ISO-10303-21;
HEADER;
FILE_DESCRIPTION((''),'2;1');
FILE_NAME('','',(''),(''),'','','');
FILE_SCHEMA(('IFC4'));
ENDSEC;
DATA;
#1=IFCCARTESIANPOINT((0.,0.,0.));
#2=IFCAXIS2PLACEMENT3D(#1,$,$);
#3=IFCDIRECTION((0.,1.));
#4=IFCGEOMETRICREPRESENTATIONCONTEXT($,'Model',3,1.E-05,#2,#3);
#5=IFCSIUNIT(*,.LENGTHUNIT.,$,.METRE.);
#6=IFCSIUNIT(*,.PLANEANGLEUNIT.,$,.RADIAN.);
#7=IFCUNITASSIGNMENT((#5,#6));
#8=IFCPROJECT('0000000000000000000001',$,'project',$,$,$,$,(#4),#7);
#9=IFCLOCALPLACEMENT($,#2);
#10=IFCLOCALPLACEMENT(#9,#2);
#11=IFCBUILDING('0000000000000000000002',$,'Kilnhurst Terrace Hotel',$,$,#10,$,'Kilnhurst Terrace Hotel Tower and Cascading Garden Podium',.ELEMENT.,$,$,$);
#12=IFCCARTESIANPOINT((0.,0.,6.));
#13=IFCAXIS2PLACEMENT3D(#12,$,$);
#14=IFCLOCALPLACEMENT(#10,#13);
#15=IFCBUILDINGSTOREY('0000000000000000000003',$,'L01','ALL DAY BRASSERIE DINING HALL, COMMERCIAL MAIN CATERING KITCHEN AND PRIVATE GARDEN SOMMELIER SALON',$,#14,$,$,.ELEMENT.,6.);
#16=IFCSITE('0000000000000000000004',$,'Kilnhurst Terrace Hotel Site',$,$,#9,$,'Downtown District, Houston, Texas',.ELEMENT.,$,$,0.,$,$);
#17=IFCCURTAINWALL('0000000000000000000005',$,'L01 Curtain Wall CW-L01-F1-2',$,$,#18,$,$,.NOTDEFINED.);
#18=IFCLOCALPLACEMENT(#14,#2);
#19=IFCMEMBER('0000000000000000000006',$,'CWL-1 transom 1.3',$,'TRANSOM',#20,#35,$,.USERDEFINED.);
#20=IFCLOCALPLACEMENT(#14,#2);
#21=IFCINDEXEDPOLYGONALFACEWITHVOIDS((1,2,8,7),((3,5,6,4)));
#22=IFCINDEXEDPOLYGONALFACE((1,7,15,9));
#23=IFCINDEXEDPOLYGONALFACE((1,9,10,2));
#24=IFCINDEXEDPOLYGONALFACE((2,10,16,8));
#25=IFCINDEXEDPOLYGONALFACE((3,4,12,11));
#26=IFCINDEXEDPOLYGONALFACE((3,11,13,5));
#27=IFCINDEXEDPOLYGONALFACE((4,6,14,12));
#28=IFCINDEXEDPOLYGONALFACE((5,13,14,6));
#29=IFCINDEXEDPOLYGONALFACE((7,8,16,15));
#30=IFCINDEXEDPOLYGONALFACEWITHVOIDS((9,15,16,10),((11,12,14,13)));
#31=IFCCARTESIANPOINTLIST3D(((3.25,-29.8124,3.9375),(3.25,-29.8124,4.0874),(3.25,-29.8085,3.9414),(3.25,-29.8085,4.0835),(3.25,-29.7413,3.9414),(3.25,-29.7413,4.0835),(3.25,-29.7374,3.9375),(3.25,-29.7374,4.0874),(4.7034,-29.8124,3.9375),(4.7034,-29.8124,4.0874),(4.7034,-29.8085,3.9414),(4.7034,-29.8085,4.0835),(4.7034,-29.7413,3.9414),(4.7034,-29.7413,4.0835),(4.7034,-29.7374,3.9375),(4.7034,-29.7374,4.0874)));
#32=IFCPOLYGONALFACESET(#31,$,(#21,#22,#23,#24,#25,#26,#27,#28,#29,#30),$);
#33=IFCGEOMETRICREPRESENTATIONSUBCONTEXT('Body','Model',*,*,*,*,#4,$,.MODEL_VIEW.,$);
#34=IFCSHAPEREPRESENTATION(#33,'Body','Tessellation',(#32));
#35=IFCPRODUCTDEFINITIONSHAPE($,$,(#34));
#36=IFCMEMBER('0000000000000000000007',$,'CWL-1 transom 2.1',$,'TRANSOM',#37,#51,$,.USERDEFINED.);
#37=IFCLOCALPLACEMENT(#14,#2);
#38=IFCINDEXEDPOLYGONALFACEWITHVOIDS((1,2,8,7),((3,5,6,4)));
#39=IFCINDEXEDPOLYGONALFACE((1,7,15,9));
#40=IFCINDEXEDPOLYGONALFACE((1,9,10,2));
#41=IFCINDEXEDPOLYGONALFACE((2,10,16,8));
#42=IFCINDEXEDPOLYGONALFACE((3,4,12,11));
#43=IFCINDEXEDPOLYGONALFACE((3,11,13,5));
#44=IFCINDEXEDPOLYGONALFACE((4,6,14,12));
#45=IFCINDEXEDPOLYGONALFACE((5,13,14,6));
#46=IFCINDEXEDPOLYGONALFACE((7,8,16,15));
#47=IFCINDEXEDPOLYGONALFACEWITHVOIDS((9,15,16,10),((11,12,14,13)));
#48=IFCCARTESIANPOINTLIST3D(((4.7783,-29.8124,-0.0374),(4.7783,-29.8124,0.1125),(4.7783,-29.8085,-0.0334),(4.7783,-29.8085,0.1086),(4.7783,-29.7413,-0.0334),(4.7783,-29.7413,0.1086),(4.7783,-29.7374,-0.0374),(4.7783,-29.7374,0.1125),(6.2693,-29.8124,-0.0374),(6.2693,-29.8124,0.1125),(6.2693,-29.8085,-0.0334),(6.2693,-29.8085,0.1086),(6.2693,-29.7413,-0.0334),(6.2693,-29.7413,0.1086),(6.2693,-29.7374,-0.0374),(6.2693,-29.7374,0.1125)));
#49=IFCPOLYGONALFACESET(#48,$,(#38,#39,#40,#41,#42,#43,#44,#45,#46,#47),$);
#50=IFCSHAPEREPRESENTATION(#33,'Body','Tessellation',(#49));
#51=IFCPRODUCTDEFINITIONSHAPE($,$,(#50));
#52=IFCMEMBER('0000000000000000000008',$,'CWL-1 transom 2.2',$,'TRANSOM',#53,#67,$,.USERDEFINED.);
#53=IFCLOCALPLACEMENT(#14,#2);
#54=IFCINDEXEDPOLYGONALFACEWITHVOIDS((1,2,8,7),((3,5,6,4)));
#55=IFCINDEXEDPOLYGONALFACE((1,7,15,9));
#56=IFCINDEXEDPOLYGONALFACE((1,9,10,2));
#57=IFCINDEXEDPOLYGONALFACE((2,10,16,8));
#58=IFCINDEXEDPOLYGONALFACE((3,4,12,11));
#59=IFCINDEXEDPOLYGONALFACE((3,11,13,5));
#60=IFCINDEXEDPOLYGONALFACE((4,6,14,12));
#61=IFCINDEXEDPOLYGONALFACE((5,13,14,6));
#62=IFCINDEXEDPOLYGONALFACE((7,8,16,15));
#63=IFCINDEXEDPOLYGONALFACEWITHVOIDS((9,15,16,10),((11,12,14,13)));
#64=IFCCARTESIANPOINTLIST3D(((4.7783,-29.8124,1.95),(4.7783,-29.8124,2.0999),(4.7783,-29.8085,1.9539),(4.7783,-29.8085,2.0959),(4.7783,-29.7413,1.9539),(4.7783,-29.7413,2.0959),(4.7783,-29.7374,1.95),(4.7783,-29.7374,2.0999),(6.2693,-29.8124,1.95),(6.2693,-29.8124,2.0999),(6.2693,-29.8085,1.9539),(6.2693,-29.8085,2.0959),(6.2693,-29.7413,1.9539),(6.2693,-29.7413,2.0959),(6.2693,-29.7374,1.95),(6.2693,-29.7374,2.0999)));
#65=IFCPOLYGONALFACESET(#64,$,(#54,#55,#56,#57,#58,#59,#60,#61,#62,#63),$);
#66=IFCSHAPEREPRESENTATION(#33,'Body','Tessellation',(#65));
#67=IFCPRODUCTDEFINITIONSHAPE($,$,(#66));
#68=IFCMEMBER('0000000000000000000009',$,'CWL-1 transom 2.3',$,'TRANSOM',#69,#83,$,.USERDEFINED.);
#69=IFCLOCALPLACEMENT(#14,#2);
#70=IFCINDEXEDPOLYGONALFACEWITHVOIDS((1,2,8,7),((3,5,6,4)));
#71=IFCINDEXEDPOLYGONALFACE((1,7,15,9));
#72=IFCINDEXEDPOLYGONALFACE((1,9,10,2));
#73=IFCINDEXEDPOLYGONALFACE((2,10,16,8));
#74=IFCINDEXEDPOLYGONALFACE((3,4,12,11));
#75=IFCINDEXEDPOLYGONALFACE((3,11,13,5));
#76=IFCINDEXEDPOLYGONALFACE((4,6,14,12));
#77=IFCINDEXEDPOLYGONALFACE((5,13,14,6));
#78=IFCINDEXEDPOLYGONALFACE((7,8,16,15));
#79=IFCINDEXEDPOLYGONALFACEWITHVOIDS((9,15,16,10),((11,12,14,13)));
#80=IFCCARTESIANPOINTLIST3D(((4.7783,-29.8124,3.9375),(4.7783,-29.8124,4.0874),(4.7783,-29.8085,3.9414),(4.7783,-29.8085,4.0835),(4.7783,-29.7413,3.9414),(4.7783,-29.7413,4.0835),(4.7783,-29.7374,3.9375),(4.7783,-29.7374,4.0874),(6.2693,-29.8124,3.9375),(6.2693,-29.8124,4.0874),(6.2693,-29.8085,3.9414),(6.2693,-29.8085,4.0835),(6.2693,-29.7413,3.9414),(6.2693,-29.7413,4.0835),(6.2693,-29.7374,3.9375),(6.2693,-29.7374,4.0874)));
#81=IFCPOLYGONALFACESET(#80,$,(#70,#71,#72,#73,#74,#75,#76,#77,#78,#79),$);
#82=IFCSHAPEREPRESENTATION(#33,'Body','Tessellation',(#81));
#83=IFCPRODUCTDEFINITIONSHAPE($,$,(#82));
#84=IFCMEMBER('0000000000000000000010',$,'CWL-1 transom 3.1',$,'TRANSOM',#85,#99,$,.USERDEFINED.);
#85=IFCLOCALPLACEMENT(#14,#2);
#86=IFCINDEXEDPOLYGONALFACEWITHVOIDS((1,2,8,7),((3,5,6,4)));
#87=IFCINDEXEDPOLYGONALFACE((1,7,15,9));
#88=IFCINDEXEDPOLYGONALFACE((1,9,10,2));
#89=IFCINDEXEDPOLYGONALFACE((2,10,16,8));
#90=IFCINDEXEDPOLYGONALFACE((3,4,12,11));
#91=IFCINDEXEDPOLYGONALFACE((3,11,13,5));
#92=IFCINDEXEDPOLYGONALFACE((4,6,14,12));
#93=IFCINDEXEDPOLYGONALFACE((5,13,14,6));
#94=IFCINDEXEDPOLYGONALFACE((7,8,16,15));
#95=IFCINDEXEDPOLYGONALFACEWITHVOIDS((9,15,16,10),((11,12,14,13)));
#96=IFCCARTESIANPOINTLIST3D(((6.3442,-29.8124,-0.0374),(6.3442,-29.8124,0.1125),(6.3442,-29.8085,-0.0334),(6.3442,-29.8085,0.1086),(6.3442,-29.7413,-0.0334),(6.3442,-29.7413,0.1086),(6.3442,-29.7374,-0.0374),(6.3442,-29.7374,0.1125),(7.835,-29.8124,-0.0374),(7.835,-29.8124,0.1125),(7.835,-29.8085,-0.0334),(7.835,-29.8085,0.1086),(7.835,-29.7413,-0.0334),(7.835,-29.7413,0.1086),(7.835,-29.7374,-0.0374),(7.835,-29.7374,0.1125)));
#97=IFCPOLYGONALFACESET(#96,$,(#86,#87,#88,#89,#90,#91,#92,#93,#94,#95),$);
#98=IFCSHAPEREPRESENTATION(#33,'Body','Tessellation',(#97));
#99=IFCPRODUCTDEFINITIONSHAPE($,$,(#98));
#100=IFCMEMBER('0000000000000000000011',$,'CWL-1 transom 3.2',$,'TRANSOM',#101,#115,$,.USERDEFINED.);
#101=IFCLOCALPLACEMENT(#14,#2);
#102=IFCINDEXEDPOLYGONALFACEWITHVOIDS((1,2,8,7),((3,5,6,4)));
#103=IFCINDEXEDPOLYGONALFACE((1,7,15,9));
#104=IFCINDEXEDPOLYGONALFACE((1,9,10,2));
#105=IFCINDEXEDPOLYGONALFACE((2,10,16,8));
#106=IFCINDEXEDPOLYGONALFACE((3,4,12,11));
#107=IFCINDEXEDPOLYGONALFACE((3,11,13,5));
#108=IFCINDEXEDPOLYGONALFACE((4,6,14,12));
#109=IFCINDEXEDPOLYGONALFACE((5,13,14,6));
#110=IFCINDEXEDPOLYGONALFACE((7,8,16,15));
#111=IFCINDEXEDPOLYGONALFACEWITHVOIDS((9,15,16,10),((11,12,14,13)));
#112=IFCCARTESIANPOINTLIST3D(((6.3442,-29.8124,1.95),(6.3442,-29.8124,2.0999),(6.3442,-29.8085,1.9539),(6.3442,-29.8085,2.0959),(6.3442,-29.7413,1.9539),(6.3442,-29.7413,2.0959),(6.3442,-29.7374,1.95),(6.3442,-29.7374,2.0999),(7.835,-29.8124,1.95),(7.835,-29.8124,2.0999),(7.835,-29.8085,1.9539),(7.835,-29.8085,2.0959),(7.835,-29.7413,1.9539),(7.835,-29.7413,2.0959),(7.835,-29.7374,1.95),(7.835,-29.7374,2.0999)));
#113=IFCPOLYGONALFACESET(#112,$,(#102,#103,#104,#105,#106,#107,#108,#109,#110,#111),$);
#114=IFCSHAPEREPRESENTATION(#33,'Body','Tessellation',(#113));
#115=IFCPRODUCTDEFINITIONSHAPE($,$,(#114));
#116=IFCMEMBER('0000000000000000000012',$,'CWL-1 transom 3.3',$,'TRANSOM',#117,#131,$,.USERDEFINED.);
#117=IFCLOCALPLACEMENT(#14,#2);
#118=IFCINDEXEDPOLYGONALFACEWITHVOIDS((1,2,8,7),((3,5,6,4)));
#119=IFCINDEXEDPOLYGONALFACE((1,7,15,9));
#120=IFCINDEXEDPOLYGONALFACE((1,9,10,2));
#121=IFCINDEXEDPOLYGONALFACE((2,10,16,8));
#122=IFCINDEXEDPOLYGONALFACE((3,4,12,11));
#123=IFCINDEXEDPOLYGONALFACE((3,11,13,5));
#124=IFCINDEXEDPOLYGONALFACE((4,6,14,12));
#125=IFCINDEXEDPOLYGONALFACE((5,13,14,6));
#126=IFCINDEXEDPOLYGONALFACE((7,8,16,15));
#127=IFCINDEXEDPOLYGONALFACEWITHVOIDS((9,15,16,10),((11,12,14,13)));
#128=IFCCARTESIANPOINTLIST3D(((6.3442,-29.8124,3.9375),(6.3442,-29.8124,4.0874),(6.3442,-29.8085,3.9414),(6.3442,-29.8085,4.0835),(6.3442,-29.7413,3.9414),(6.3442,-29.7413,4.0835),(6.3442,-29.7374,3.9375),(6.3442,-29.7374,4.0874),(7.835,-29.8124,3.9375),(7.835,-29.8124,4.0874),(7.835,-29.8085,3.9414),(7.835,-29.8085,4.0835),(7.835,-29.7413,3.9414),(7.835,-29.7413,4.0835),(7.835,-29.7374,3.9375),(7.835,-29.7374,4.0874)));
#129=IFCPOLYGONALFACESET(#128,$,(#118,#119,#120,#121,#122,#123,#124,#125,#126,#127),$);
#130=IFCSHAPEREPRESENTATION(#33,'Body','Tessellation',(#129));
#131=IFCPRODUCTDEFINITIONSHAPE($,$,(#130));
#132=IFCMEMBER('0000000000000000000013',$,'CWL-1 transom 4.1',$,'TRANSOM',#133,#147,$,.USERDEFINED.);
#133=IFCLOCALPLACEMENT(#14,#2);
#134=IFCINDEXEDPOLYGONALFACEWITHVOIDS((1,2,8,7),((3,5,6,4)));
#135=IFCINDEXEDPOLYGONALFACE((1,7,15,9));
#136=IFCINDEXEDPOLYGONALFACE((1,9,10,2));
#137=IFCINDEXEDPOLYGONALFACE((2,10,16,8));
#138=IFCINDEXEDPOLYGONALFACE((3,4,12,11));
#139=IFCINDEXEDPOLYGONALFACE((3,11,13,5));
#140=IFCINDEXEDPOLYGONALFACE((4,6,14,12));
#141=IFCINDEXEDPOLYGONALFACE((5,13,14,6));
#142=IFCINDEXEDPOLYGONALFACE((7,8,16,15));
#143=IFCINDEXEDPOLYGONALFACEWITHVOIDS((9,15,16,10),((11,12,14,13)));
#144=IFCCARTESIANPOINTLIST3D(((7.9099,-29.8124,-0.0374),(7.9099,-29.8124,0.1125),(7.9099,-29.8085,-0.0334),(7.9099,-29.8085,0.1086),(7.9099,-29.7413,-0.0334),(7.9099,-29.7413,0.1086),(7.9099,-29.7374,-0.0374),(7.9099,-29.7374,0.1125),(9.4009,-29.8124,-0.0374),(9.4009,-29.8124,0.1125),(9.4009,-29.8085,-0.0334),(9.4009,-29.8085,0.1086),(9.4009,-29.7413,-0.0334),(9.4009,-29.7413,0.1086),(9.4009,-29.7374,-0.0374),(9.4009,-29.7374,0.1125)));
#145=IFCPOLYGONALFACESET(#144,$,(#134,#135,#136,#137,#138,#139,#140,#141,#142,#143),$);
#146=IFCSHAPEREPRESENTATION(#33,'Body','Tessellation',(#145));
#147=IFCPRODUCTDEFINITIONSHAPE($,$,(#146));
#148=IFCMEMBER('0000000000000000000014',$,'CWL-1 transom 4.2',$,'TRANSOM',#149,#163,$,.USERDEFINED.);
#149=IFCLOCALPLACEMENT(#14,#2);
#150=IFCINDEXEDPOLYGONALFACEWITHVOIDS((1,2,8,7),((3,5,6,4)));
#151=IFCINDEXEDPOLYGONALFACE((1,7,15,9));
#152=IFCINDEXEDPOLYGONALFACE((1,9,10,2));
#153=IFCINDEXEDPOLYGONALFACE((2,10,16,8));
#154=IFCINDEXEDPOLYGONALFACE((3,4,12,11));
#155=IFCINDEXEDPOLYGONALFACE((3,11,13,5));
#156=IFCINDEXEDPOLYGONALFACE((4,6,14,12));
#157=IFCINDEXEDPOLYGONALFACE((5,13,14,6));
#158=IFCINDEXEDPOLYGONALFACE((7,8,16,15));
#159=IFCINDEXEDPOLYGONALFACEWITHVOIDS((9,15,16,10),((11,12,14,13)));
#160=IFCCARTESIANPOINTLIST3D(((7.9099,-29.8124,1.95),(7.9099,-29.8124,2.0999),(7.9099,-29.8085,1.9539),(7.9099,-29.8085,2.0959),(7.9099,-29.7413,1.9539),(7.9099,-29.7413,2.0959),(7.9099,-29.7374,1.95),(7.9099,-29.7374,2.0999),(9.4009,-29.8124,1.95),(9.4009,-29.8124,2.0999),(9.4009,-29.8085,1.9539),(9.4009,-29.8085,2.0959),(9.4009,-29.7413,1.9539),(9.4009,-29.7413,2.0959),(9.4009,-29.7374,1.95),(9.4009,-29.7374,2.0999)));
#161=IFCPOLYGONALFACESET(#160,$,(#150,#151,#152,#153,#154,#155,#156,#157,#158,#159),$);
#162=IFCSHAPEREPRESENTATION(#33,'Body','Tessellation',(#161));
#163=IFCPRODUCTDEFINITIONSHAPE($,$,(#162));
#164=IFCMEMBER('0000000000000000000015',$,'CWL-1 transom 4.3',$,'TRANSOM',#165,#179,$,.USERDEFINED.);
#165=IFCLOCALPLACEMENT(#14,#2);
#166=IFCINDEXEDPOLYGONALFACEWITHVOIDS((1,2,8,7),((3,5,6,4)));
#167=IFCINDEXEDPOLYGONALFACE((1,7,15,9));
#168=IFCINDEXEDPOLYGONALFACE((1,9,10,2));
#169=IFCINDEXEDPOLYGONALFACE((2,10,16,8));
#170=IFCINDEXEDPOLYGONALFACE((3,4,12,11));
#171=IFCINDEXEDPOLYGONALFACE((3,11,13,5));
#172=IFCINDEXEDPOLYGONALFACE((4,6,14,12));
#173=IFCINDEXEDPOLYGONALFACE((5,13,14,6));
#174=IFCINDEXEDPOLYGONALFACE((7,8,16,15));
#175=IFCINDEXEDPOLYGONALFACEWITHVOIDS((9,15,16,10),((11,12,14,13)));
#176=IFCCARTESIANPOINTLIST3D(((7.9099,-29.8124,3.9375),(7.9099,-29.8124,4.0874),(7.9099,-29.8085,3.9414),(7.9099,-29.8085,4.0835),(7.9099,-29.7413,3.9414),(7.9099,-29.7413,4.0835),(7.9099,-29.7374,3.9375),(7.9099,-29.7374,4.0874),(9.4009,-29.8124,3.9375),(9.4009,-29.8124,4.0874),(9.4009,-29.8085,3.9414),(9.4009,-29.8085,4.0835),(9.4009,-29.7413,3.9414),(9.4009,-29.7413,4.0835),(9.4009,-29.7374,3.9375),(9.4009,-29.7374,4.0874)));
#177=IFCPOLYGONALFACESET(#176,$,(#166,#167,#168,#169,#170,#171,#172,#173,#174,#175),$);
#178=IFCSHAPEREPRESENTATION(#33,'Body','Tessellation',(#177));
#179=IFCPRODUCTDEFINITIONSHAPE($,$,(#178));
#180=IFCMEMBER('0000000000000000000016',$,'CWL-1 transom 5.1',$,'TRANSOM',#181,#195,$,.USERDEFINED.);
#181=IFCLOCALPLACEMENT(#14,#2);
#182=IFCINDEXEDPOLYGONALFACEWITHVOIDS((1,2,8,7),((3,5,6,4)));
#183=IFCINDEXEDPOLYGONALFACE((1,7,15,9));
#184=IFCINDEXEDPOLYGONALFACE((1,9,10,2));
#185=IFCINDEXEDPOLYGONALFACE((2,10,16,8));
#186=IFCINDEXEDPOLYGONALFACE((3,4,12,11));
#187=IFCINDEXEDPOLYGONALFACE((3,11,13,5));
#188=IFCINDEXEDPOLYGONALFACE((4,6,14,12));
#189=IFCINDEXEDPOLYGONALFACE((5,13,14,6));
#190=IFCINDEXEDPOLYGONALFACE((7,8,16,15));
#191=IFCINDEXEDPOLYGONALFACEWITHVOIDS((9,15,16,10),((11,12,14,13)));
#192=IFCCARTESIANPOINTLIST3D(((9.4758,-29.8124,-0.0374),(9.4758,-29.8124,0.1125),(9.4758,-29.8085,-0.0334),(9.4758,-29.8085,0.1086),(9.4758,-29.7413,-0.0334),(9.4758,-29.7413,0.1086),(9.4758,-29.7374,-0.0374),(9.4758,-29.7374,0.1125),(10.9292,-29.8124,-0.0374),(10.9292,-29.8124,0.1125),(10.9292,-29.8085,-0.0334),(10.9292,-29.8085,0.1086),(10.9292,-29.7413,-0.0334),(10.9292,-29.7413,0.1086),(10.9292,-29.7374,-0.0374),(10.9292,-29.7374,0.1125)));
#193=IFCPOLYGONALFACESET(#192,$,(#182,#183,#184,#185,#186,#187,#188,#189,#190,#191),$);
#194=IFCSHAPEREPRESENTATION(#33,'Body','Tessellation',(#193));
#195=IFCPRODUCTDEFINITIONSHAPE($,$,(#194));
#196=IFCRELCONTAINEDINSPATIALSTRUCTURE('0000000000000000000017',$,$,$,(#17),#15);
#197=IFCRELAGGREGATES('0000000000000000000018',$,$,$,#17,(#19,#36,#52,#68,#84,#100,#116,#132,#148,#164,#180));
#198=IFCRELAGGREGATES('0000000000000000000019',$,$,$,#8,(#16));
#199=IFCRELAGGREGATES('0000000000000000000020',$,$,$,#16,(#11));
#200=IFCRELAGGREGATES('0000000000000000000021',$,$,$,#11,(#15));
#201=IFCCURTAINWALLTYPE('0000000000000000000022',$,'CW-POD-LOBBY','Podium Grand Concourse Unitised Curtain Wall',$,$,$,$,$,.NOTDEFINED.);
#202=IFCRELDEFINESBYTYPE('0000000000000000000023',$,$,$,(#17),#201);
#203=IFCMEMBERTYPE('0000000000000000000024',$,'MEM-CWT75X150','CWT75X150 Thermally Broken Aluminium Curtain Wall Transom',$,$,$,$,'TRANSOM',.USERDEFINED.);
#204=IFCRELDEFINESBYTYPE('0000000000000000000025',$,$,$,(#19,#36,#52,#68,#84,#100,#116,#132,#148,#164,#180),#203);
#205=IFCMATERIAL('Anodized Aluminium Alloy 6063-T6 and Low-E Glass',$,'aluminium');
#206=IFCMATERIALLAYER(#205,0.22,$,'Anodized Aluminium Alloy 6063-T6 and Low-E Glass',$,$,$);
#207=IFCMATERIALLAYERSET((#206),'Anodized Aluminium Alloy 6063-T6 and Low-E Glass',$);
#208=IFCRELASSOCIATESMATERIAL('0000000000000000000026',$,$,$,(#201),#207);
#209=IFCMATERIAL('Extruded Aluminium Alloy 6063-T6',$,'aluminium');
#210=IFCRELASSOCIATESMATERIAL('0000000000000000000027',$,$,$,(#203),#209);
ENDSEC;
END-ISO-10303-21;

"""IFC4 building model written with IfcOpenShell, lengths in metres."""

from ifc_helpers import new_model, si_unit, direction, frame, origin, origin_2d, place, context, subcontext, project, spatial, hollow_rectangle, extrude, material, layer, layer_set, material_profile, profile_set, type_object, element, aggregate, save


model = new_model("IFC4")

# Units and contexts
model_context = context("Model", 3, precision=1e-05, world=origin(), true_north=direction((0.0, 1.0)))
body_context = subcontext(model_context, "Body", "Model", "MODEL_VIEW")
ifc_project = project(units=[si_unit("LENGTHUNIT", "METRE"), si_unit("PLANEANGLEUNIT", "RADIAN")], contexts=[model_context])

# Site, building, storey
site_placement = place(None, origin())
site = spatial("IfcSite", under=ifc_project, at=site_placement, Name="Kilnhurst Terrace Hotel Site", LongName="Downtown District, Houston, Texas", CompositionType="ELEMENT", RefElevation=0.0)
building_placement = place(site_placement, origin())
building = spatial("IfcBuilding", under=site, at=building_placement, Name="Kilnhurst Terrace Hotel", LongName="Kilnhurst Terrace Hotel Tower and Cascading Garden Podium", CompositionType="ELEMENT")
storey_placement = place(building_placement, frame((0.0, 0.0, 6.0)))
storey = spatial("IfcBuildingStorey", under=building, at=storey_placement, Name="L01", Description="ALL DAY BRASSERIE DINING HALL, COMMERCIAL MAIN CATERING KITCHEN AND PRIVATE GARDEN SOMMELIER SALON", CompositionType="ELEMENT", Elevation=6.0)

# Curtain wall, members
ifc_material_1 = material(Name="Anodized Aluminium Alloy 6063-T6 and Low-E Glass", Category="aluminium")
ifc_layer_1 = layer(ifc_material_1, 0.22, Name="Anodized Aluminium Alloy 6063-T6 and Low-E Glass")
ifc_layer_set_1 = layer_set([ifc_layer_1], Name="Anodized Aluminium Alloy 6063-T6 and Low-E Glass")
curtain_wall_type = type_object("IfcCurtainWallType", Name="CW-POD-LOBBY", Description="Podium Grand Concourse Unitised Curtain Wall", PredefinedType="NOTDEFINED", material=ifc_layer_set_1)
curtain_wall_placement = place(storey_placement, origin())
curtain_wall = element("IfcCurtainWall", 1, at=curtain_wall_placement, inside=storey, type_object=curtain_wall_type, Name="L01 Curtain Wall CW-L01-F1-2", PredefinedType="NOTDEFINED")
ifc_material_2 = material(Name="Extruded Aluminium Alloy 6063-T6", Category="aluminium")
ifc_material_profile_1 = material_profile(ifc_material_2, hollow_rectangle(XDim=0.075, YDim=0.1499, WallThickness=0.0039, at=origin_2d()), Name="CWT75X150")
ifc_profile_set_1 = profile_set([ifc_material_profile_1], Name="Extruded Aluminium Alloy 6063-T6")
member_type_1 = type_object("IfcMemberType", Name="MEM-CWT75X150", Description="CWT75X150 Thermally Broken Aluminium Curtain Wall Transom", ElementType="TRANSOM", PredefinedType="USERDEFINED", material=ifc_profile_set_1)
member_1_placement = place(storey_placement, frame((3.25, -29.7749, 4.0125), z_axis=(1.0, 0.0, 0.0), x_axis=(0.0, 1.0, 0.0)))
member_1 = element("IfcMember", 2, at=member_1_placement, type_object=member_type_1, Name="CWL-1 transom 1.3", ObjectType="TRANSOM", PredefinedType="USERDEFINED", context=body_context, shape_type="SweptSolid", body=[
    extrude(hollow_rectangle(XDim=0.075, YDim=0.1499, WallThickness=0.0039, at=origin_2d()), origin(), (0.0, 0.0, 1.0), 1.4534),
])
member_2_placement = place(storey_placement, frame((4.7783, -29.7749, 0.0376), z_axis=(1.0, 0.0, 0.0), x_axis=(0.0, 1.0, 0.0)))
member_2 = element("IfcMember", 3, at=member_2_placement, type_object=member_type_1, Name="CWL-1 transom 2.1", ObjectType="TRANSOM", PredefinedType="USERDEFINED", context=body_context, shape_type="SweptSolid", body=[
    extrude(hollow_rectangle(XDim=0.075, YDim=0.1499, WallThickness=0.0039, at=origin_2d()), origin(), (0.0, 0.0, 1.0), 1.491),
])
member_3_placement = place(storey_placement, frame((4.7783, -29.7749, 2.0249), z_axis=(1.0, 0.0, 0.0), x_axis=(0.0, 1.0, 0.0)))
member_3 = element("IfcMember", 4, at=member_3_placement, type_object=member_type_1, Name="CWL-1 transom 2.2", ObjectType="TRANSOM", PredefinedType="USERDEFINED", context=body_context, shape_type="SweptSolid", body=[
    extrude(hollow_rectangle(XDim=0.075, YDim=0.1499, WallThickness=0.0039, at=origin_2d()), origin(), (0.0, 0.0, 1.0), 1.491),
])
member_4_placement = place(storey_placement, frame((4.7783, -29.7749, 4.0125), z_axis=(1.0, 0.0, 0.0), x_axis=(0.0, 1.0, 0.0)))
member_4 = element("IfcMember", 5, at=member_4_placement, type_object=member_type_1, Name="CWL-1 transom 2.3", ObjectType="TRANSOM", PredefinedType="USERDEFINED", context=body_context, shape_type="SweptSolid", body=[
    extrude(hollow_rectangle(XDim=0.075, YDim=0.1499, WallThickness=0.0039, at=origin_2d()), origin(), (0.0, 0.0, 1.0), 1.491),
])
member_5_placement = place(storey_placement, frame((6.3442, -29.7749, 0.0376), z_axis=(1.0, 0.0, 0.0), x_axis=(0.0, 1.0, 0.0)))
member_5 = element("IfcMember", 6, at=member_5_placement, type_object=member_type_1, Name="CWL-1 transom 3.1", ObjectType="TRANSOM", PredefinedType="USERDEFINED", context=body_context, shape_type="SweptSolid", body=[
    extrude(hollow_rectangle(XDim=0.075, YDim=0.1499, WallThickness=0.0039, at=origin_2d()), origin(), (0.0, 0.0, 1.0), 1.4907),
])
member_6_placement = place(storey_placement, frame((6.3442, -29.7749, 2.0249), z_axis=(1.0, 0.0, 0.0), x_axis=(0.0, 1.0, 0.0)))
member_6 = element("IfcMember", 7, at=member_6_placement, type_object=member_type_1, Name="CWL-1 transom 3.2", ObjectType="TRANSOM", PredefinedType="USERDEFINED", context=body_context, shape_type="SweptSolid", body=[
    extrude(hollow_rectangle(XDim=0.075, YDim=0.1499, WallThickness=0.0039, at=origin_2d()), origin(), (0.0, 0.0, 1.0), 1.4907),
])
member_7_placement = place(storey_placement, frame((6.3442, -29.7749, 4.0125), z_axis=(1.0, 0.0, 0.0), x_axis=(0.0, 1.0, 0.0)))
member_7 = element("IfcMember", 8, at=member_7_placement, type_object=member_type_1, Name="CWL-1 transom 3.3", ObjectType="TRANSOM", PredefinedType="USERDEFINED", context=body_context, shape_type="SweptSolid", body=[
    extrude(hollow_rectangle(XDim=0.075, YDim=0.1499, WallThickness=0.0039, at=origin_2d()), origin(), (0.0, 0.0, 1.0), 1.4907),
])
member_8_placement = place(storey_placement, frame((7.9099, -29.7749, 0.0376), z_axis=(1.0, 0.0, 0.0), x_axis=(0.0, 1.0, 0.0)))
member_8 = element("IfcMember", 9, at=member_8_placement, type_object=member_type_1, Name="CWL-1 transom 4.1", ObjectType="TRANSOM", PredefinedType="USERDEFINED", context=body_context, shape_type="SweptSolid", body=[
    extrude(hollow_rectangle(XDim=0.075, YDim=0.1499, WallThickness=0.0039, at=origin_2d()), origin(), (0.0, 0.0, 1.0), 1.491),
])
member_9_placement = place(storey_placement, frame((7.9099, -29.7749, 2.0249), z_axis=(1.0, 0.0, 0.0), x_axis=(0.0, 1.0, 0.0)))
member_9 = element("IfcMember", 10, at=member_9_placement, type_object=member_type_1, Name="CWL-1 transom 4.2", ObjectType="TRANSOM", PredefinedType="USERDEFINED", context=body_context, shape_type="SweptSolid", body=[
    extrude(hollow_rectangle(XDim=0.075, YDim=0.1499, WallThickness=0.0039, at=origin_2d()), origin(), (0.0, 0.0, 1.0), 1.491),
])
member_10_placement = place(storey_placement, frame((7.9099, -29.7749, 4.0125), z_axis=(1.0, 0.0, 0.0), x_axis=(0.0, 1.0, 0.0)))
member_10 = element("IfcMember", 11, at=member_10_placement, type_object=member_type_1, Name="CWL-1 transom 4.3", ObjectType="TRANSOM", PredefinedType="USERDEFINED", context=body_context, shape_type="SweptSolid", body=[
    extrude(hollow_rectangle(XDim=0.075, YDim=0.1499, WallThickness=0.0039, at=origin_2d()), origin(), (0.0, 0.0, 1.0), 1.491),
])
member_11_placement = place(storey_placement, frame((9.4758, -29.7749, 0.0376), z_axis=(1.0, 0.0, 0.0), x_axis=(0.0, 1.0, 0.0)))
member_11 = element("IfcMember", 12, at=member_11_placement, type_object=member_type_1, Name="CWL-1 transom 5.1", ObjectType="TRANSOM", PredefinedType="USERDEFINED", context=body_context, shape_type="SweptSolid", body=[
    extrude(hollow_rectangle(XDim=0.075, YDim=0.1499, WallThickness=0.0039, at=origin_2d()), origin(), (0.0, 0.0, 1.0), 1.4534),
])
aggregate(curtain_wall, [member_1, member_2, member_3, member_4, member_5, member_6, member_7, member_8, member_9, member_10, member_11])

save(model, "model.ifc")
